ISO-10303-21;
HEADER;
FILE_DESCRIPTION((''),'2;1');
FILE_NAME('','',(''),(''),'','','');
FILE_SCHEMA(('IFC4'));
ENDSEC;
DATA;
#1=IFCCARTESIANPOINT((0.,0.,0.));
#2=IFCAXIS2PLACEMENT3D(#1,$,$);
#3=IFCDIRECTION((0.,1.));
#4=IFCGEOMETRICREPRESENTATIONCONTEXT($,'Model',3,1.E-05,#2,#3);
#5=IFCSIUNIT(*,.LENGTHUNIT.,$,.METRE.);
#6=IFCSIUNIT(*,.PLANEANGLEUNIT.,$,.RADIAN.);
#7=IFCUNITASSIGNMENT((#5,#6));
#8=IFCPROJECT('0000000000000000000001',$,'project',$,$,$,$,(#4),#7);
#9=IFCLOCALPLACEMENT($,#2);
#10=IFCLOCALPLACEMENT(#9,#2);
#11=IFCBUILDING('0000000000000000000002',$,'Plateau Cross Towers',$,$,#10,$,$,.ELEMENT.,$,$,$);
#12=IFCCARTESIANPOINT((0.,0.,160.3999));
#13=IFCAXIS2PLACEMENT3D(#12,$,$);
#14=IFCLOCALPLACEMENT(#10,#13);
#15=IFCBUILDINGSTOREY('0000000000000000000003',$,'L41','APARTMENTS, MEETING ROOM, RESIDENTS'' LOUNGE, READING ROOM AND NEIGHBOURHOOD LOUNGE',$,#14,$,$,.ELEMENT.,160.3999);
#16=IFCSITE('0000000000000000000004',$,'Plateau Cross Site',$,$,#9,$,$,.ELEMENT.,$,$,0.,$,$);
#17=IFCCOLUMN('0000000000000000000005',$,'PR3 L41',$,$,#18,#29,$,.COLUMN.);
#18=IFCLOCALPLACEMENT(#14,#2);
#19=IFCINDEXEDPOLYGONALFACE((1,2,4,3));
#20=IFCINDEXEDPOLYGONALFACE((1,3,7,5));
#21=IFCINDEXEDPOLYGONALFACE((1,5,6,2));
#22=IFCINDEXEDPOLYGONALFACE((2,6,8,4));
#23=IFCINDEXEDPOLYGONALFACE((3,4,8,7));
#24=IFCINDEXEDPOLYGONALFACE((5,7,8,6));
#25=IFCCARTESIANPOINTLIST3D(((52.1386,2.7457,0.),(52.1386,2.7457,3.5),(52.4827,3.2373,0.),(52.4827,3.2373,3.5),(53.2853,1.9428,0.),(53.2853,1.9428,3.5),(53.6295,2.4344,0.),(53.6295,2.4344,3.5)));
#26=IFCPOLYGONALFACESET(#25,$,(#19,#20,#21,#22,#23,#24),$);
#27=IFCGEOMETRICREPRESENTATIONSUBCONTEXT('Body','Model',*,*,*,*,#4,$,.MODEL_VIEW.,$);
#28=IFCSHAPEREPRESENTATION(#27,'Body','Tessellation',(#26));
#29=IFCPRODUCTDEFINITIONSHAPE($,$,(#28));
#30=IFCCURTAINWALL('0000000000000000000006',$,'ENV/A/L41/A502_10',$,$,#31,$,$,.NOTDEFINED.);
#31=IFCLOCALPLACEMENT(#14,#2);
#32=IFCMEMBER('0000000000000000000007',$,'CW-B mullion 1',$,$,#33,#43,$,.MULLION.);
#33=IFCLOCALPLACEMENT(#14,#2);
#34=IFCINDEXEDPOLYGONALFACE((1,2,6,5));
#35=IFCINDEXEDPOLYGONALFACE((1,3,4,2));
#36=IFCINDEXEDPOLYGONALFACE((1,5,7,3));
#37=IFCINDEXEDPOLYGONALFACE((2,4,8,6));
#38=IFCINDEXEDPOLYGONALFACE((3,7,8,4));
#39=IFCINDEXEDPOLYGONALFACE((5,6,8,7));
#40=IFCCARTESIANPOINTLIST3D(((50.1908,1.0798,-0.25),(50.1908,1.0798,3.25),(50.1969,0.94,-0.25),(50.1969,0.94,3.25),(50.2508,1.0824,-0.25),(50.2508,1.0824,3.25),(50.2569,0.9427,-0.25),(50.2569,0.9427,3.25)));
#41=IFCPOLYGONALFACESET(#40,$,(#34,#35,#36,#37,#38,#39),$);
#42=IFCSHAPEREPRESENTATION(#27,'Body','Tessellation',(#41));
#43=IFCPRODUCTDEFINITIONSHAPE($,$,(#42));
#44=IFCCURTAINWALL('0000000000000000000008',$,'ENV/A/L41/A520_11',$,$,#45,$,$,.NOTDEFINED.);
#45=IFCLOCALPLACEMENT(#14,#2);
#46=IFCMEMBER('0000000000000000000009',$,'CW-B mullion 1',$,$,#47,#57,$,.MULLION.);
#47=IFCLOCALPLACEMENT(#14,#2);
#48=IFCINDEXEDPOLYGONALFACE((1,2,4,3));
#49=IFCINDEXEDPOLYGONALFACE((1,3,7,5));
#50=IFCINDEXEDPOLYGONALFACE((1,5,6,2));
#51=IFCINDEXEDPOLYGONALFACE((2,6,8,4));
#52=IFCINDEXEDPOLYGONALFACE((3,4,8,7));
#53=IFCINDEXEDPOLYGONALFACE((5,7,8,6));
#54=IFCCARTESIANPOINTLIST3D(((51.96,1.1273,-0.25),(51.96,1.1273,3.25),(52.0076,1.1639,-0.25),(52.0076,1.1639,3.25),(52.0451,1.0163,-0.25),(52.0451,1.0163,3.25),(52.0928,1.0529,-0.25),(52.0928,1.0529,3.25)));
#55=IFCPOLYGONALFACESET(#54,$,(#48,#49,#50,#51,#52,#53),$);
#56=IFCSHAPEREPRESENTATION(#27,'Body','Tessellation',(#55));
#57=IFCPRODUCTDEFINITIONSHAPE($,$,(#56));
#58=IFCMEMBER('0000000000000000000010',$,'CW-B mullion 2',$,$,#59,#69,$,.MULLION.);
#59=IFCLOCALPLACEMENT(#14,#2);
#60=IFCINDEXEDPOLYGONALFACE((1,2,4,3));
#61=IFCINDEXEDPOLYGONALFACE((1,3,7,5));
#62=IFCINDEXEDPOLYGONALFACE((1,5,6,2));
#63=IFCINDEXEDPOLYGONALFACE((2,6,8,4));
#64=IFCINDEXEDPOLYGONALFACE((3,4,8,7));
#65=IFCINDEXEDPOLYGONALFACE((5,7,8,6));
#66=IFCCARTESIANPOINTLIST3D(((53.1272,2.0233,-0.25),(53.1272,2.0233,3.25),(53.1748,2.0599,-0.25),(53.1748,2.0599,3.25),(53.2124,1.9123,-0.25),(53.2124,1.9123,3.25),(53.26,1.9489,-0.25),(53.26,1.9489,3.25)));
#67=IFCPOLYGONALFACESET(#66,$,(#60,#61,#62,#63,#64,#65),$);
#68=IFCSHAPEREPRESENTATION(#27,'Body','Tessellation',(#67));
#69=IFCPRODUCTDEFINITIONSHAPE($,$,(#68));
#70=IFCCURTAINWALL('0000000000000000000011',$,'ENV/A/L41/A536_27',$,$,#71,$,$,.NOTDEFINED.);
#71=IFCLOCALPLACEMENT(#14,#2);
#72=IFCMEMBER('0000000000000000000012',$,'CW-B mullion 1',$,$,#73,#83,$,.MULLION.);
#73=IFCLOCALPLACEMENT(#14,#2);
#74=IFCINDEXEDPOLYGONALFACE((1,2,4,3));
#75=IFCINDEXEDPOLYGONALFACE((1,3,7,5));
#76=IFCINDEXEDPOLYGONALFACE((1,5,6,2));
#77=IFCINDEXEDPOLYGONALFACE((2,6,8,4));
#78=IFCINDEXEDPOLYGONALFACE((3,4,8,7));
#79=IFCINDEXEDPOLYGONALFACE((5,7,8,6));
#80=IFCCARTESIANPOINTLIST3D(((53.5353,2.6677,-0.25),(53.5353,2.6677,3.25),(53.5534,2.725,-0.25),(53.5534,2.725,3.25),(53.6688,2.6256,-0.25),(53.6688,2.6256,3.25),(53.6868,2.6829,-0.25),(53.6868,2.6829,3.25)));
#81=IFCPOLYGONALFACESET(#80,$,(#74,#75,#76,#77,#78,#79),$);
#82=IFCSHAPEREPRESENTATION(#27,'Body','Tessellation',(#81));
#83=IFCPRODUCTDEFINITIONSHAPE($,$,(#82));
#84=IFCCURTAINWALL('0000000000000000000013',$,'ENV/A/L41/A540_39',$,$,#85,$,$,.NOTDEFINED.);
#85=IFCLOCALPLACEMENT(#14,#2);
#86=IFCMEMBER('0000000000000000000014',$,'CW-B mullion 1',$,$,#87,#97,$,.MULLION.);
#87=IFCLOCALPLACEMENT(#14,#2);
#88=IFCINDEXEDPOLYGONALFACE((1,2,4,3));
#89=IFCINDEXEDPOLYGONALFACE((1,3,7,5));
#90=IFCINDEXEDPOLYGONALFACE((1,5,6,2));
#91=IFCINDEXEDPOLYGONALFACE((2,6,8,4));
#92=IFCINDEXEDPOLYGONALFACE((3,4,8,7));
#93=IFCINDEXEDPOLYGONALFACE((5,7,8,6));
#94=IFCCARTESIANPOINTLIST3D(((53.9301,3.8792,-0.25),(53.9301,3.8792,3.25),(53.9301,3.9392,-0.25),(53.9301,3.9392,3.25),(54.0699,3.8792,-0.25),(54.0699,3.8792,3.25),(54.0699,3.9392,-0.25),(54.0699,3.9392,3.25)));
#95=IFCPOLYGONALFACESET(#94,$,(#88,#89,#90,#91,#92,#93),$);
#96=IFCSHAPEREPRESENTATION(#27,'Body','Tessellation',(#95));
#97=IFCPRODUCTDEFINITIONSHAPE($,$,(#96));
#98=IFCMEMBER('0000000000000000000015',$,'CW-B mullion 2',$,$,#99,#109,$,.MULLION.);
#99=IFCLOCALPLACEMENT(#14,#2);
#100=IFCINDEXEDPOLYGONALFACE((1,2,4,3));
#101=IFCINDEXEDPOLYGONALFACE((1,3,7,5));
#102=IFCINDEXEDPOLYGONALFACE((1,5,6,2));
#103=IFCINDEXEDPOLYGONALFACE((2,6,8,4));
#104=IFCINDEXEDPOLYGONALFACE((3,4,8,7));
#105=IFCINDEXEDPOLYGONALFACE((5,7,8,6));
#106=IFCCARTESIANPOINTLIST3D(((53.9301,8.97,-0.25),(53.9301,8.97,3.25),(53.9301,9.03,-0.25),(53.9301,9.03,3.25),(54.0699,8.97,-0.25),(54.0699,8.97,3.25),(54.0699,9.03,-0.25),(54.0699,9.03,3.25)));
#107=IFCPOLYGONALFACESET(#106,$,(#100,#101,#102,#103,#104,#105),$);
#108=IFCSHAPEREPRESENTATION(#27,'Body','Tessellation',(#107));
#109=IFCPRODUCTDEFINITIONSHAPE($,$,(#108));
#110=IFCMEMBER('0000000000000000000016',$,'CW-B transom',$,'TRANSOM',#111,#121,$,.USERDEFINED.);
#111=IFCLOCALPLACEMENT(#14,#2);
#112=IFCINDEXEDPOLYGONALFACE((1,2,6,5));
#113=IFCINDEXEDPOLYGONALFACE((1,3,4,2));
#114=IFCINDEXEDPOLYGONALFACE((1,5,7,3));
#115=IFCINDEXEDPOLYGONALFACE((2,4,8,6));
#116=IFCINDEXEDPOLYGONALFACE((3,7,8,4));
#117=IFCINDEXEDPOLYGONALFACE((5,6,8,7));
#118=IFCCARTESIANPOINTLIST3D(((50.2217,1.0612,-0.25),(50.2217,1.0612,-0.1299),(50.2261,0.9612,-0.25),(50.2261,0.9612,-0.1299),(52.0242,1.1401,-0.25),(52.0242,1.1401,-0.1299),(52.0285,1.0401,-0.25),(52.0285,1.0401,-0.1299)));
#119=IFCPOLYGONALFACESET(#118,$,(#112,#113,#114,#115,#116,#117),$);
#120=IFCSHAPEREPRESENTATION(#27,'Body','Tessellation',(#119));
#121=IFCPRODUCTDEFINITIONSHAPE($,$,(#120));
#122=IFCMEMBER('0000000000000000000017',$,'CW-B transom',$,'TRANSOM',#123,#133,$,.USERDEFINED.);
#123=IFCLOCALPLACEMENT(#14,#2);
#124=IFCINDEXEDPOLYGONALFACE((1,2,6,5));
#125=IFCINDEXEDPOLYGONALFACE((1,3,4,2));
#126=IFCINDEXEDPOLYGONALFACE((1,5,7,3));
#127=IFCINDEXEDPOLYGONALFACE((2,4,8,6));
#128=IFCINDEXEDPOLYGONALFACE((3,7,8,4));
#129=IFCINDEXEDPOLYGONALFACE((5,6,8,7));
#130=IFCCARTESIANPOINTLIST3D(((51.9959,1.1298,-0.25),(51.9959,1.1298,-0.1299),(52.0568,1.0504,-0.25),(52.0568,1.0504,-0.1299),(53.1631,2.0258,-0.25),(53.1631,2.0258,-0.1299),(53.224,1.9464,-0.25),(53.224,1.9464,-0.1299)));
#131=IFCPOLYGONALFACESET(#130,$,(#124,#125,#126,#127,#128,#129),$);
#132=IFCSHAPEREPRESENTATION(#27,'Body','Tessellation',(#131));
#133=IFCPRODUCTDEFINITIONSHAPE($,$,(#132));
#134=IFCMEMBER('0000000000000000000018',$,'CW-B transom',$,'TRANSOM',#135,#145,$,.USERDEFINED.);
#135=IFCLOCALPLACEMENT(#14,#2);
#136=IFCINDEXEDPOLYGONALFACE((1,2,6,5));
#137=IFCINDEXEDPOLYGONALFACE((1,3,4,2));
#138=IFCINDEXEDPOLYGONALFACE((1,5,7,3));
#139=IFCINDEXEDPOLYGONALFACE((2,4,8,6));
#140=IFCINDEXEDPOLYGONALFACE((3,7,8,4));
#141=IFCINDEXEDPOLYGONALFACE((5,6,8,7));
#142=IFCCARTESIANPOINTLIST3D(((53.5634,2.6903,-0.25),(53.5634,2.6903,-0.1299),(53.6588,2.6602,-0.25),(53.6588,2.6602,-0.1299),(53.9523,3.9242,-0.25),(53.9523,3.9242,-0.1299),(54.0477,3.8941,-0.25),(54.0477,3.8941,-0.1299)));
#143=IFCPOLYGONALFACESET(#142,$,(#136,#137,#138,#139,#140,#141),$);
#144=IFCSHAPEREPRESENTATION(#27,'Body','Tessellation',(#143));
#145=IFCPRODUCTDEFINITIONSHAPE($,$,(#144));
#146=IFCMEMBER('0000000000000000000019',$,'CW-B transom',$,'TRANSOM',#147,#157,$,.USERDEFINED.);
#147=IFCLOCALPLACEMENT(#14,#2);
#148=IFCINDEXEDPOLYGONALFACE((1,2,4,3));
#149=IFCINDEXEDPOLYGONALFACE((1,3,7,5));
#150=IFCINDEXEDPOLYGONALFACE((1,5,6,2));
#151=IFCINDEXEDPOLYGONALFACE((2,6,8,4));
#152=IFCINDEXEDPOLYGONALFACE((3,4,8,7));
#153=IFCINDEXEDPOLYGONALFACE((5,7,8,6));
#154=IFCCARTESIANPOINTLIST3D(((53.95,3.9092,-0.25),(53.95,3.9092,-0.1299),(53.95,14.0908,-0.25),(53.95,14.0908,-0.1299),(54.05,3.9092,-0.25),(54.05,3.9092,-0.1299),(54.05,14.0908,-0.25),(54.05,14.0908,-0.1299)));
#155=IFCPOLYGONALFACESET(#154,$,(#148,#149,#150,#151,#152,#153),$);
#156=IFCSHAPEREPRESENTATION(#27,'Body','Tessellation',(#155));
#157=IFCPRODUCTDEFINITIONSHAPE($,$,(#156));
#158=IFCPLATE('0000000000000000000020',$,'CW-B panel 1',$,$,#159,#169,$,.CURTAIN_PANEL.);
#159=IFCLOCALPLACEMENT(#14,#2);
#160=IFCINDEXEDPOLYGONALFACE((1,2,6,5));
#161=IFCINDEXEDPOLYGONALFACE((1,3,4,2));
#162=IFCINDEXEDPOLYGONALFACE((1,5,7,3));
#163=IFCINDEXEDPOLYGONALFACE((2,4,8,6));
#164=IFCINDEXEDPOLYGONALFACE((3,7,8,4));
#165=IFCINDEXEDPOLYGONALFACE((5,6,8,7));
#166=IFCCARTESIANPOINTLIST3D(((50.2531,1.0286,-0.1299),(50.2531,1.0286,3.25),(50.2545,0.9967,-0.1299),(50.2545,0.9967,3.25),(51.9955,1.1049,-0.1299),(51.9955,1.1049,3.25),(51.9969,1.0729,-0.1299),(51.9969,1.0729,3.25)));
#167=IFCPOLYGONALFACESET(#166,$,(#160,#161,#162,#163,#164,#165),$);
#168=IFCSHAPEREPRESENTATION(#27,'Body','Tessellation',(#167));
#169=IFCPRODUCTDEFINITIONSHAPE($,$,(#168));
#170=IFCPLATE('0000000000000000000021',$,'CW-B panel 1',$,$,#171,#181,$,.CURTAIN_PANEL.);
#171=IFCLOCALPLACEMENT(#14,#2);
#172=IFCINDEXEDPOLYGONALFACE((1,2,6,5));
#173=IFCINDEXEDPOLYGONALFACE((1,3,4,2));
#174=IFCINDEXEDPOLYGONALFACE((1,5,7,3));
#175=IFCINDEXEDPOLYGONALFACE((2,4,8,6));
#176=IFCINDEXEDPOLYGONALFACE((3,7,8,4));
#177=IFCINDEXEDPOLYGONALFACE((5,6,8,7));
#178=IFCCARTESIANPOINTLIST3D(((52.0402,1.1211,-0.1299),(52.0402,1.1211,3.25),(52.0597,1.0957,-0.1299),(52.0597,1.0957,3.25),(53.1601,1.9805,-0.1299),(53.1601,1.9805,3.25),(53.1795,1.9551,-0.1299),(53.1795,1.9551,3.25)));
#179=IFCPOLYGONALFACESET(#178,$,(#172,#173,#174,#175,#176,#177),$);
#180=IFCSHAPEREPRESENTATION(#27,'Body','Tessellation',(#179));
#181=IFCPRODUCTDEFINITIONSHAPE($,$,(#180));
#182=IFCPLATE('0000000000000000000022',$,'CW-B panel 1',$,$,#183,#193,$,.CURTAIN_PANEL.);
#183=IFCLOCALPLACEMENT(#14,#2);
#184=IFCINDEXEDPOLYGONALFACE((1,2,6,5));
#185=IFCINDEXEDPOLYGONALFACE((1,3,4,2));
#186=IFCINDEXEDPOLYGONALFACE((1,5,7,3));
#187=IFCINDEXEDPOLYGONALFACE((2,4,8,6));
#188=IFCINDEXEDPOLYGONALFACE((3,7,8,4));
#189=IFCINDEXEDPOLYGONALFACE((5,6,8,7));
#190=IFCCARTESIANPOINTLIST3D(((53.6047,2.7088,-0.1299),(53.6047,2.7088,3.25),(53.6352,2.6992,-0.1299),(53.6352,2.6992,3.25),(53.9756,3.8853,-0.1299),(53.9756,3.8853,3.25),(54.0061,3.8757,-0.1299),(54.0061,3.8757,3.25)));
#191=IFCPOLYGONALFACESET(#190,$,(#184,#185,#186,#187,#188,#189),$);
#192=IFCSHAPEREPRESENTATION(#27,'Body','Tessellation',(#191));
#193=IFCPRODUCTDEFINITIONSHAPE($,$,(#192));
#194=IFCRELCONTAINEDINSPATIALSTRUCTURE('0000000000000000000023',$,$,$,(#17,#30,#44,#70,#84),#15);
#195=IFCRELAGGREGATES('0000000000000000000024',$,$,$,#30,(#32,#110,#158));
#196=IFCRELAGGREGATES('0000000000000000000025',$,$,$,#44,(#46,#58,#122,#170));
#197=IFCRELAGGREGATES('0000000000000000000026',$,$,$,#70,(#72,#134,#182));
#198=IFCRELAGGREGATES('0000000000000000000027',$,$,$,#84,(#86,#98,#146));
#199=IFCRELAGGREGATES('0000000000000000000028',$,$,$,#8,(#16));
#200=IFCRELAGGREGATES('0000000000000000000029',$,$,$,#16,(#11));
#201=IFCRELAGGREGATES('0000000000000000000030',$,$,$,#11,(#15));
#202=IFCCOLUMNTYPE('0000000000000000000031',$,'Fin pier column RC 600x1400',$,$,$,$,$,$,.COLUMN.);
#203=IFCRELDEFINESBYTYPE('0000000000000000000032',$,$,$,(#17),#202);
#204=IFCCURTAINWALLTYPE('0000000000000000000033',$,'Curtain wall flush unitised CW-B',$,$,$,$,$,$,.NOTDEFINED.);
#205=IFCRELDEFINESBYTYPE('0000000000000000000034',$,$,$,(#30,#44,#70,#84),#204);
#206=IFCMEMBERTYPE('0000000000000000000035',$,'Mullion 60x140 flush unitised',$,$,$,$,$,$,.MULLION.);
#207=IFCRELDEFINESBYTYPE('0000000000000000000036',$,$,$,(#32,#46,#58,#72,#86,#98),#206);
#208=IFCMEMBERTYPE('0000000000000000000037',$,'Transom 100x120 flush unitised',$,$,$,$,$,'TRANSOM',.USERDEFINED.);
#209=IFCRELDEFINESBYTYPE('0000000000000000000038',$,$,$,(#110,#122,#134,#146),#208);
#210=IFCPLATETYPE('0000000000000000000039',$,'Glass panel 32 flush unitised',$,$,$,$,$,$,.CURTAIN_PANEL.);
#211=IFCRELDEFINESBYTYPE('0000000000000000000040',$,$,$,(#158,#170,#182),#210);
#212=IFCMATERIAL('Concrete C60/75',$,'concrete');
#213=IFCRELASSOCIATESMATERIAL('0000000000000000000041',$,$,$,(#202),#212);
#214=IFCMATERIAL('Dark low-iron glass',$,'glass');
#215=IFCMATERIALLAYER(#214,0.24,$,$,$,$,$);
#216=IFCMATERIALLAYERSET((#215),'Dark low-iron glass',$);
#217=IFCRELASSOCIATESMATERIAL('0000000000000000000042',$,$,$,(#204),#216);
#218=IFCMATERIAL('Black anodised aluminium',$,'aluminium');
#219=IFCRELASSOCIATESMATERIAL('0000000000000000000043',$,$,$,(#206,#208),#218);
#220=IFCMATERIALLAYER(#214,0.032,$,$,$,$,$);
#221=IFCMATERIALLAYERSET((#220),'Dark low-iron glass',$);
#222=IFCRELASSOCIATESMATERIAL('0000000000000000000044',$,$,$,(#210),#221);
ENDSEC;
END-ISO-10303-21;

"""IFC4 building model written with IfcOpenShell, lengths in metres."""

from ifc_helpers import new_model, si_unit, direction, frame, origin, origin_2d, place, context, subcontext, project, spatial, rectangle, extrude, material, layer, layer_set, material_profile, profile_set, type_object, element, aggregate, save


model = new_model("IFC4")

# Units and contexts
model_context = context("Model", 3, precision=1e-05, world=origin(), true_north=direction((0.0, 1.0)))
body_context = subcontext(model_context, "Body", "Model", "MODEL_VIEW")
ifc_project = project(units=[si_unit("LENGTHUNIT", "METRE"), si_unit("PLANEANGLEUNIT", "RADIAN")], contexts=[model_context])

# Site, building, storey
site_placement = place(None, origin())
site = spatial("IfcSite", under=ifc_project, at=site_placement, Name="Plateau Cross Site", CompositionType="ELEMENT", RefElevation=0.0)
building_placement = place(site_placement, origin())
building = spatial("IfcBuilding", under=site, at=building_placement, Name="Plateau Cross Towers", CompositionType="ELEMENT")
storey_placement = place(building_placement, frame((0.0, 0.0, 160.3999)))
storey = spatial("IfcBuildingStorey", under=building, at=storey_placement, Name="L41", Description="APARTMENTS, MEETING ROOM, RESIDENTS' LOUNGE, READING ROOM AND NEIGHBOURHOOD LOUNGE", CompositionType="ELEMENT", Elevation=160.3999)

# Column
ifc_material_1 = material(Name="Concrete C60/75", Category="concrete")
ifc_material_profile_1 = material_profile(ifc_material_1, rectangle(XDim=0.6001, YDim=1.3999, at=origin_2d()), Name="RC 600x1400")
ifc_profile_set_1 = profile_set([ifc_material_profile_1], Name="Concrete C60/75")
column_type = type_object("IfcColumnType", Name="Fin pier column RC 600x1400", PredefinedType="COLUMN", material=ifc_profile_set_1)
column_placement = place(storey_placement, frame((52.884, 2.5901, 0.0), z_axis=(0.0, 0.0, 1.0), x_axis=(0.573543, 0.819176, 0.0)))
element("IfcColumn", 1, at=column_placement, inside=storey, type_object=column_type, Name="PR3 L41", PredefinedType="COLUMN", context=body_context, shape_type="SweptSolid", body=[
    extrude(rectangle(XDim=0.6001, YDim=1.3999, at=origin_2d()), origin(), (0.0, 0.0, 1.0), 3.5),
])

# Curtain wall, member
ifc_material_2 = material(Name="Dark low-iron glass", Category="glass")
ifc_layer_1 = layer(ifc_material_2, 0.24)
ifc_layer_set_1 = layer_set([ifc_layer_1], Name="Dark low-iron glass")
curtain_wall_type_1 = type_object("IfcCurtainWallType", Name="Curtain wall flush unitised CW-B", PredefinedType="NOTDEFINED", material=ifc_layer_set_1)
curtain_wall_1_placement = place(storey_placement, origin())
curtain_wall_1 = element("IfcCurtainWall", 2, at=curtain_wall_1_placement, inside=storey, type_object=curtain_wall_type_1, Name="ENV/A/L41/A502_10", PredefinedType="NOTDEFINED")
ifc_material_3 = material(Name="Black anodised aluminium", Category="aluminium")
ifc_material_profile_2 = material_profile(ifc_material_3, rectangle(XDim=0.0601, YDim=0.1399, at=origin_2d()), Name="MULLION 60x140")
ifc_profile_set_2 = profile_set([ifc_material_profile_2], Name="Black anodised aluminium")
member_type_1 = type_object("IfcMemberType", Name="Mullion 60x140 flush unitised", PredefinedType="MULLION", material=ifc_profile_set_2)
member_1_placement = place(storey_placement, frame((50.2239, 1.0112, -0.25), z_axis=(0.0, 0.0, 1.0), x_axis=(0.999044, 0.043723, 0.0)))
member_1 = element("IfcMember", 3, at=member_1_placement, type_object=member_type_1, Name="CW-B mullion 1", PredefinedType="MULLION", context=body_context, shape_type="SweptSolid", body=[
    extrude(rectangle(XDim=0.0601, YDim=0.1399, at=origin_2d()), origin(), (0.0, 0.0, 1.0), 3.5),
])

# Curtain wall, members
curtain_wall_2_placement = place(storey_placement, origin())
curtain_wall_2 = element("IfcCurtainWall", 4, at=curtain_wall_2_placement, inside=storey, type_object=curtain_wall_type_1, Name="ENV/A/L41/A520_11", PredefinedType="NOTDEFINED")
member_2_placement = place(storey_placement, frame((52.0264, 1.0901, -0.25), z_axis=(0.0, 0.0, 1.0), x_axis=(0.793316, 0.608811, 0.0)))
member_2 = element("IfcMember", 5, at=member_2_placement, type_object=member_type_1, Name="CW-B mullion 1", PredefinedType="MULLION", context=body_context, shape_type="SweptSolid", body=[
    extrude(rectangle(XDim=0.0601, YDim=0.1399, at=origin_2d()), origin(), (0.0, 0.0, 1.0), 3.5),
])
member_3_placement = place(storey_placement, frame((53.1936, 1.9861, -0.25), z_axis=(0.0, 0.0, 1.0), x_axis=(0.793316, 0.608811, 0.0)))
member_3 = element("IfcMember", 6, at=member_3_placement, type_object=member_type_1, Name="CW-B mullion 2", PredefinedType="MULLION", context=body_context, shape_type="SweptSolid", body=[
    extrude(rectangle(XDim=0.0601, YDim=0.1399, at=origin_2d()), origin(), (0.0, 0.0, 1.0), 3.5),
])

# Curtain wall, member
curtain_wall_3_placement = place(storey_placement, origin())
curtain_wall_3 = element("IfcCurtainWall", 7, at=curtain_wall_3_placement, inside=storey, type_object=curtain_wall_type_1, Name="ENV/A/L41/A536_27", PredefinedType="NOTDEFINED")
member_4_placement = place(storey_placement, frame((53.6111, 2.6753, -0.25), z_axis=(0.0, 0.0, 1.0), x_axis=(0.300686, 0.953723, 0.0)))
member_4 = element("IfcMember", 8, at=member_4_placement, type_object=member_type_1, Name="CW-B mullion 1", PredefinedType="MULLION", context=body_context, shape_type="SweptSolid", body=[
    extrude(rectangle(XDim=0.0601, YDim=0.1399, at=origin_2d()), origin(), (0.0, 0.0, 1.0), 3.5),
])

# Curtain wall, members
curtain_wall_4_placement = place(storey_placement, origin())
curtain_wall_4 = element("IfcCurtainWall", 9, at=curtain_wall_4_placement, inside=storey, type_object=curtain_wall_type_1, Name="ENV/A/L41/A540_39", PredefinedType="NOTDEFINED")
member_5_placement = place(storey_placement, frame((54.0, 3.9092, -0.25), z_axis=(0.0, 0.0, 1.0), x_axis=(0.0, 1.0, 0.0)))
member_5 = element("IfcMember", 10, at=member_5_placement, type_object=member_type_1, Name="CW-B mullion 1", PredefinedType="MULLION", context=body_context, shape_type="SweptSolid", body=[
    extrude(rectangle(XDim=0.0601, YDim=0.1399, at=origin_2d()), origin(), (0.0, 0.0, 1.0), 3.5),
])
member_6_placement = place(storey_placement, frame((54.0, 9.0, -0.25), z_axis=(0.0, 0.0, 1.0), x_axis=(0.0, 1.0, 0.0)))
member_6 = element("IfcMember", 11, at=member_6_placement, type_object=member_type_1, Name="CW-B mullion 2", PredefinedType="MULLION", context=body_context, shape_type="SweptSolid", body=[
    extrude(rectangle(XDim=0.0601, YDim=0.1399, at=origin_2d()), origin(), (0.0, 0.0, 1.0), 3.5),
])

# Members
ifc_material_profile_3 = material_profile(ifc_material_3, rectangle(XDim=0.1001, YDim=0.1201, at=origin_2d()), Name="TRANSOM 100x120")
ifc_profile_set_3 = profile_set([ifc_material_profile_3], Name="Black anodised aluminium")
member_type_2 = type_object("IfcMemberType", Name="Transom 100x120 flush unitised", ElementType="TRANSOM", PredefinedType="USERDEFINED", material=ifc_profile_set_3)
member_7_placement = place(storey_placement, frame((50.2239, 1.0112, -0.1899), z_axis=(0.999044, 0.043707, 0.0), x_axis=(-0.043707, 0.999044, 0.0)))
member_7 = element("IfcMember", 12, at=member_7_placement, type_object=member_type_2, Name="CW-B transom", ObjectType="TRANSOM", PredefinedType="USERDEFINED", context=body_context, shape_type="SweptSolid", body=[
    extrude(rectangle(XDim=0.1001, YDim=0.1201, at=origin_2d()), origin(), (0.0, 0.0, 1.0), 1.8042),
])
member_8_placement = place(storey_placement, frame((52.0264, 1.0901, -0.1899), z_axis=(0.79324, 0.608909, 0.0), x_axis=(-0.608909, 0.79324, 0.0)))
member_8 = element("IfcMember", 13, at=member_8_placement, type_object=member_type_2, Name="CW-B transom", ObjectType="TRANSOM", PredefinedType="USERDEFINED", context=body_context, shape_type="SweptSolid", body=[
    extrude(rectangle(XDim=0.1001, YDim=0.1201, at=origin_2d()), origin(), (0.0, 0.0, 1.0), 1.4714),
])
member_9_placement = place(storey_placement, frame((53.6111, 2.6753, -0.1899), z_axis=(0.300617, 0.953745, 0.0), x_axis=(-0.953745, 0.300617, 0.0)))
member_9 = element("IfcMember", 14, at=member_9_placement, type_object=member_type_2, Name="CW-B transom", ObjectType="TRANSOM", PredefinedType="USERDEFINED", context=body_context, shape_type="SweptSolid", body=[
    extrude(rectangle(XDim=0.1001, YDim=0.1201, at=origin_2d()), origin(), (0.0, 0.0, 1.0), 1.2937),
])
member_10_placement = place(storey_placement, frame((54.0, 3.9092, -0.1899), z_axis=(0.0, 1.0, 0.0), x_axis=(-1.0, 0.0, 0.0)))
member_10 = element("IfcMember", 15, at=member_10_placement, type_object=member_type_2, Name="CW-B transom", ObjectType="TRANSOM", PredefinedType="USERDEFINED", context=body_context, shape_type="SweptSolid", body=[
    extrude(rectangle(XDim=0.1001, YDim=0.1201, at=origin_2d()), origin(), (0.0, 0.0, 1.0), 10.1816),
])

# Plates
ifc_layer_2 = layer(ifc_material_2, 0.032)
ifc_layer_set_2 = layer_set([ifc_layer_2], Name="Dark low-iron glass")
plate_type_1 = type_object("IfcPlateType", Name="Glass panel 32 flush unitised", PredefinedType="CURTAIN_PANEL", material=ifc_layer_set_2)
plate_1_placement = place(storey_placement, frame((51.125, 1.0508, -0.1299), z_axis=(0.0, 0.0, 1.0), x_axis=(0.999044, 0.043723, 0.0)))
plate_1 = element("IfcPlate", 16, at=plate_1_placement, type_object=plate_type_1, Name="CW-B panel 1", PredefinedType="CURTAIN_PANEL", context=body_context, shape_type="SweptSolid", body=[
    extrude(rectangle(XDim=1.7441, YDim=0.032, at=origin_2d()), origin(), (0.0, 0.0, 1.0), 3.3799),
])
aggregate(curtain_wall_1, [member_1, member_7, plate_1])
plate_2_placement = place(storey_placement, frame((52.6099, 1.5381, -0.1299), z_axis=(0.0, 0.0, 1.0), x_axis=(0.793316, 0.608811, 0.0)))
plate_2 = element("IfcPlate", 17, at=plate_2_placement, type_object=plate_type_1, Name="CW-B panel 1", PredefinedType="CURTAIN_PANEL", context=body_context, shape_type="SweptSolid", body=[
    extrude(rectangle(XDim=1.4116, YDim=0.032, at=origin_2d()), origin(), (0.0, 0.0, 1.0), 3.3799),
])
aggregate(curtain_wall_2, [member_2, member_3, member_8, plate_2])
plate_3_placement = place(storey_placement, frame((53.8054, 3.2922, -0.1299), z_axis=(0.0, 0.0, 1.0), x_axis=(0.300686, 0.953723, 0.0)))
plate_3 = element("IfcPlate", 18, at=plate_3_placement, type_object=plate_type_1, Name="CW-B panel 1", PredefinedType="CURTAIN_PANEL", context=body_context, shape_type="SweptSolid", body=[
    extrude(rectangle(XDim=1.2336, YDim=0.032, at=origin_2d()), origin(), (0.0, 0.0, 1.0), 3.3799),
])
aggregate(curtain_wall_3, [member_4, member_9, plate_3])
aggregate(curtain_wall_4, [member_5, member_6, member_10])

save(model, "model.ifc")
